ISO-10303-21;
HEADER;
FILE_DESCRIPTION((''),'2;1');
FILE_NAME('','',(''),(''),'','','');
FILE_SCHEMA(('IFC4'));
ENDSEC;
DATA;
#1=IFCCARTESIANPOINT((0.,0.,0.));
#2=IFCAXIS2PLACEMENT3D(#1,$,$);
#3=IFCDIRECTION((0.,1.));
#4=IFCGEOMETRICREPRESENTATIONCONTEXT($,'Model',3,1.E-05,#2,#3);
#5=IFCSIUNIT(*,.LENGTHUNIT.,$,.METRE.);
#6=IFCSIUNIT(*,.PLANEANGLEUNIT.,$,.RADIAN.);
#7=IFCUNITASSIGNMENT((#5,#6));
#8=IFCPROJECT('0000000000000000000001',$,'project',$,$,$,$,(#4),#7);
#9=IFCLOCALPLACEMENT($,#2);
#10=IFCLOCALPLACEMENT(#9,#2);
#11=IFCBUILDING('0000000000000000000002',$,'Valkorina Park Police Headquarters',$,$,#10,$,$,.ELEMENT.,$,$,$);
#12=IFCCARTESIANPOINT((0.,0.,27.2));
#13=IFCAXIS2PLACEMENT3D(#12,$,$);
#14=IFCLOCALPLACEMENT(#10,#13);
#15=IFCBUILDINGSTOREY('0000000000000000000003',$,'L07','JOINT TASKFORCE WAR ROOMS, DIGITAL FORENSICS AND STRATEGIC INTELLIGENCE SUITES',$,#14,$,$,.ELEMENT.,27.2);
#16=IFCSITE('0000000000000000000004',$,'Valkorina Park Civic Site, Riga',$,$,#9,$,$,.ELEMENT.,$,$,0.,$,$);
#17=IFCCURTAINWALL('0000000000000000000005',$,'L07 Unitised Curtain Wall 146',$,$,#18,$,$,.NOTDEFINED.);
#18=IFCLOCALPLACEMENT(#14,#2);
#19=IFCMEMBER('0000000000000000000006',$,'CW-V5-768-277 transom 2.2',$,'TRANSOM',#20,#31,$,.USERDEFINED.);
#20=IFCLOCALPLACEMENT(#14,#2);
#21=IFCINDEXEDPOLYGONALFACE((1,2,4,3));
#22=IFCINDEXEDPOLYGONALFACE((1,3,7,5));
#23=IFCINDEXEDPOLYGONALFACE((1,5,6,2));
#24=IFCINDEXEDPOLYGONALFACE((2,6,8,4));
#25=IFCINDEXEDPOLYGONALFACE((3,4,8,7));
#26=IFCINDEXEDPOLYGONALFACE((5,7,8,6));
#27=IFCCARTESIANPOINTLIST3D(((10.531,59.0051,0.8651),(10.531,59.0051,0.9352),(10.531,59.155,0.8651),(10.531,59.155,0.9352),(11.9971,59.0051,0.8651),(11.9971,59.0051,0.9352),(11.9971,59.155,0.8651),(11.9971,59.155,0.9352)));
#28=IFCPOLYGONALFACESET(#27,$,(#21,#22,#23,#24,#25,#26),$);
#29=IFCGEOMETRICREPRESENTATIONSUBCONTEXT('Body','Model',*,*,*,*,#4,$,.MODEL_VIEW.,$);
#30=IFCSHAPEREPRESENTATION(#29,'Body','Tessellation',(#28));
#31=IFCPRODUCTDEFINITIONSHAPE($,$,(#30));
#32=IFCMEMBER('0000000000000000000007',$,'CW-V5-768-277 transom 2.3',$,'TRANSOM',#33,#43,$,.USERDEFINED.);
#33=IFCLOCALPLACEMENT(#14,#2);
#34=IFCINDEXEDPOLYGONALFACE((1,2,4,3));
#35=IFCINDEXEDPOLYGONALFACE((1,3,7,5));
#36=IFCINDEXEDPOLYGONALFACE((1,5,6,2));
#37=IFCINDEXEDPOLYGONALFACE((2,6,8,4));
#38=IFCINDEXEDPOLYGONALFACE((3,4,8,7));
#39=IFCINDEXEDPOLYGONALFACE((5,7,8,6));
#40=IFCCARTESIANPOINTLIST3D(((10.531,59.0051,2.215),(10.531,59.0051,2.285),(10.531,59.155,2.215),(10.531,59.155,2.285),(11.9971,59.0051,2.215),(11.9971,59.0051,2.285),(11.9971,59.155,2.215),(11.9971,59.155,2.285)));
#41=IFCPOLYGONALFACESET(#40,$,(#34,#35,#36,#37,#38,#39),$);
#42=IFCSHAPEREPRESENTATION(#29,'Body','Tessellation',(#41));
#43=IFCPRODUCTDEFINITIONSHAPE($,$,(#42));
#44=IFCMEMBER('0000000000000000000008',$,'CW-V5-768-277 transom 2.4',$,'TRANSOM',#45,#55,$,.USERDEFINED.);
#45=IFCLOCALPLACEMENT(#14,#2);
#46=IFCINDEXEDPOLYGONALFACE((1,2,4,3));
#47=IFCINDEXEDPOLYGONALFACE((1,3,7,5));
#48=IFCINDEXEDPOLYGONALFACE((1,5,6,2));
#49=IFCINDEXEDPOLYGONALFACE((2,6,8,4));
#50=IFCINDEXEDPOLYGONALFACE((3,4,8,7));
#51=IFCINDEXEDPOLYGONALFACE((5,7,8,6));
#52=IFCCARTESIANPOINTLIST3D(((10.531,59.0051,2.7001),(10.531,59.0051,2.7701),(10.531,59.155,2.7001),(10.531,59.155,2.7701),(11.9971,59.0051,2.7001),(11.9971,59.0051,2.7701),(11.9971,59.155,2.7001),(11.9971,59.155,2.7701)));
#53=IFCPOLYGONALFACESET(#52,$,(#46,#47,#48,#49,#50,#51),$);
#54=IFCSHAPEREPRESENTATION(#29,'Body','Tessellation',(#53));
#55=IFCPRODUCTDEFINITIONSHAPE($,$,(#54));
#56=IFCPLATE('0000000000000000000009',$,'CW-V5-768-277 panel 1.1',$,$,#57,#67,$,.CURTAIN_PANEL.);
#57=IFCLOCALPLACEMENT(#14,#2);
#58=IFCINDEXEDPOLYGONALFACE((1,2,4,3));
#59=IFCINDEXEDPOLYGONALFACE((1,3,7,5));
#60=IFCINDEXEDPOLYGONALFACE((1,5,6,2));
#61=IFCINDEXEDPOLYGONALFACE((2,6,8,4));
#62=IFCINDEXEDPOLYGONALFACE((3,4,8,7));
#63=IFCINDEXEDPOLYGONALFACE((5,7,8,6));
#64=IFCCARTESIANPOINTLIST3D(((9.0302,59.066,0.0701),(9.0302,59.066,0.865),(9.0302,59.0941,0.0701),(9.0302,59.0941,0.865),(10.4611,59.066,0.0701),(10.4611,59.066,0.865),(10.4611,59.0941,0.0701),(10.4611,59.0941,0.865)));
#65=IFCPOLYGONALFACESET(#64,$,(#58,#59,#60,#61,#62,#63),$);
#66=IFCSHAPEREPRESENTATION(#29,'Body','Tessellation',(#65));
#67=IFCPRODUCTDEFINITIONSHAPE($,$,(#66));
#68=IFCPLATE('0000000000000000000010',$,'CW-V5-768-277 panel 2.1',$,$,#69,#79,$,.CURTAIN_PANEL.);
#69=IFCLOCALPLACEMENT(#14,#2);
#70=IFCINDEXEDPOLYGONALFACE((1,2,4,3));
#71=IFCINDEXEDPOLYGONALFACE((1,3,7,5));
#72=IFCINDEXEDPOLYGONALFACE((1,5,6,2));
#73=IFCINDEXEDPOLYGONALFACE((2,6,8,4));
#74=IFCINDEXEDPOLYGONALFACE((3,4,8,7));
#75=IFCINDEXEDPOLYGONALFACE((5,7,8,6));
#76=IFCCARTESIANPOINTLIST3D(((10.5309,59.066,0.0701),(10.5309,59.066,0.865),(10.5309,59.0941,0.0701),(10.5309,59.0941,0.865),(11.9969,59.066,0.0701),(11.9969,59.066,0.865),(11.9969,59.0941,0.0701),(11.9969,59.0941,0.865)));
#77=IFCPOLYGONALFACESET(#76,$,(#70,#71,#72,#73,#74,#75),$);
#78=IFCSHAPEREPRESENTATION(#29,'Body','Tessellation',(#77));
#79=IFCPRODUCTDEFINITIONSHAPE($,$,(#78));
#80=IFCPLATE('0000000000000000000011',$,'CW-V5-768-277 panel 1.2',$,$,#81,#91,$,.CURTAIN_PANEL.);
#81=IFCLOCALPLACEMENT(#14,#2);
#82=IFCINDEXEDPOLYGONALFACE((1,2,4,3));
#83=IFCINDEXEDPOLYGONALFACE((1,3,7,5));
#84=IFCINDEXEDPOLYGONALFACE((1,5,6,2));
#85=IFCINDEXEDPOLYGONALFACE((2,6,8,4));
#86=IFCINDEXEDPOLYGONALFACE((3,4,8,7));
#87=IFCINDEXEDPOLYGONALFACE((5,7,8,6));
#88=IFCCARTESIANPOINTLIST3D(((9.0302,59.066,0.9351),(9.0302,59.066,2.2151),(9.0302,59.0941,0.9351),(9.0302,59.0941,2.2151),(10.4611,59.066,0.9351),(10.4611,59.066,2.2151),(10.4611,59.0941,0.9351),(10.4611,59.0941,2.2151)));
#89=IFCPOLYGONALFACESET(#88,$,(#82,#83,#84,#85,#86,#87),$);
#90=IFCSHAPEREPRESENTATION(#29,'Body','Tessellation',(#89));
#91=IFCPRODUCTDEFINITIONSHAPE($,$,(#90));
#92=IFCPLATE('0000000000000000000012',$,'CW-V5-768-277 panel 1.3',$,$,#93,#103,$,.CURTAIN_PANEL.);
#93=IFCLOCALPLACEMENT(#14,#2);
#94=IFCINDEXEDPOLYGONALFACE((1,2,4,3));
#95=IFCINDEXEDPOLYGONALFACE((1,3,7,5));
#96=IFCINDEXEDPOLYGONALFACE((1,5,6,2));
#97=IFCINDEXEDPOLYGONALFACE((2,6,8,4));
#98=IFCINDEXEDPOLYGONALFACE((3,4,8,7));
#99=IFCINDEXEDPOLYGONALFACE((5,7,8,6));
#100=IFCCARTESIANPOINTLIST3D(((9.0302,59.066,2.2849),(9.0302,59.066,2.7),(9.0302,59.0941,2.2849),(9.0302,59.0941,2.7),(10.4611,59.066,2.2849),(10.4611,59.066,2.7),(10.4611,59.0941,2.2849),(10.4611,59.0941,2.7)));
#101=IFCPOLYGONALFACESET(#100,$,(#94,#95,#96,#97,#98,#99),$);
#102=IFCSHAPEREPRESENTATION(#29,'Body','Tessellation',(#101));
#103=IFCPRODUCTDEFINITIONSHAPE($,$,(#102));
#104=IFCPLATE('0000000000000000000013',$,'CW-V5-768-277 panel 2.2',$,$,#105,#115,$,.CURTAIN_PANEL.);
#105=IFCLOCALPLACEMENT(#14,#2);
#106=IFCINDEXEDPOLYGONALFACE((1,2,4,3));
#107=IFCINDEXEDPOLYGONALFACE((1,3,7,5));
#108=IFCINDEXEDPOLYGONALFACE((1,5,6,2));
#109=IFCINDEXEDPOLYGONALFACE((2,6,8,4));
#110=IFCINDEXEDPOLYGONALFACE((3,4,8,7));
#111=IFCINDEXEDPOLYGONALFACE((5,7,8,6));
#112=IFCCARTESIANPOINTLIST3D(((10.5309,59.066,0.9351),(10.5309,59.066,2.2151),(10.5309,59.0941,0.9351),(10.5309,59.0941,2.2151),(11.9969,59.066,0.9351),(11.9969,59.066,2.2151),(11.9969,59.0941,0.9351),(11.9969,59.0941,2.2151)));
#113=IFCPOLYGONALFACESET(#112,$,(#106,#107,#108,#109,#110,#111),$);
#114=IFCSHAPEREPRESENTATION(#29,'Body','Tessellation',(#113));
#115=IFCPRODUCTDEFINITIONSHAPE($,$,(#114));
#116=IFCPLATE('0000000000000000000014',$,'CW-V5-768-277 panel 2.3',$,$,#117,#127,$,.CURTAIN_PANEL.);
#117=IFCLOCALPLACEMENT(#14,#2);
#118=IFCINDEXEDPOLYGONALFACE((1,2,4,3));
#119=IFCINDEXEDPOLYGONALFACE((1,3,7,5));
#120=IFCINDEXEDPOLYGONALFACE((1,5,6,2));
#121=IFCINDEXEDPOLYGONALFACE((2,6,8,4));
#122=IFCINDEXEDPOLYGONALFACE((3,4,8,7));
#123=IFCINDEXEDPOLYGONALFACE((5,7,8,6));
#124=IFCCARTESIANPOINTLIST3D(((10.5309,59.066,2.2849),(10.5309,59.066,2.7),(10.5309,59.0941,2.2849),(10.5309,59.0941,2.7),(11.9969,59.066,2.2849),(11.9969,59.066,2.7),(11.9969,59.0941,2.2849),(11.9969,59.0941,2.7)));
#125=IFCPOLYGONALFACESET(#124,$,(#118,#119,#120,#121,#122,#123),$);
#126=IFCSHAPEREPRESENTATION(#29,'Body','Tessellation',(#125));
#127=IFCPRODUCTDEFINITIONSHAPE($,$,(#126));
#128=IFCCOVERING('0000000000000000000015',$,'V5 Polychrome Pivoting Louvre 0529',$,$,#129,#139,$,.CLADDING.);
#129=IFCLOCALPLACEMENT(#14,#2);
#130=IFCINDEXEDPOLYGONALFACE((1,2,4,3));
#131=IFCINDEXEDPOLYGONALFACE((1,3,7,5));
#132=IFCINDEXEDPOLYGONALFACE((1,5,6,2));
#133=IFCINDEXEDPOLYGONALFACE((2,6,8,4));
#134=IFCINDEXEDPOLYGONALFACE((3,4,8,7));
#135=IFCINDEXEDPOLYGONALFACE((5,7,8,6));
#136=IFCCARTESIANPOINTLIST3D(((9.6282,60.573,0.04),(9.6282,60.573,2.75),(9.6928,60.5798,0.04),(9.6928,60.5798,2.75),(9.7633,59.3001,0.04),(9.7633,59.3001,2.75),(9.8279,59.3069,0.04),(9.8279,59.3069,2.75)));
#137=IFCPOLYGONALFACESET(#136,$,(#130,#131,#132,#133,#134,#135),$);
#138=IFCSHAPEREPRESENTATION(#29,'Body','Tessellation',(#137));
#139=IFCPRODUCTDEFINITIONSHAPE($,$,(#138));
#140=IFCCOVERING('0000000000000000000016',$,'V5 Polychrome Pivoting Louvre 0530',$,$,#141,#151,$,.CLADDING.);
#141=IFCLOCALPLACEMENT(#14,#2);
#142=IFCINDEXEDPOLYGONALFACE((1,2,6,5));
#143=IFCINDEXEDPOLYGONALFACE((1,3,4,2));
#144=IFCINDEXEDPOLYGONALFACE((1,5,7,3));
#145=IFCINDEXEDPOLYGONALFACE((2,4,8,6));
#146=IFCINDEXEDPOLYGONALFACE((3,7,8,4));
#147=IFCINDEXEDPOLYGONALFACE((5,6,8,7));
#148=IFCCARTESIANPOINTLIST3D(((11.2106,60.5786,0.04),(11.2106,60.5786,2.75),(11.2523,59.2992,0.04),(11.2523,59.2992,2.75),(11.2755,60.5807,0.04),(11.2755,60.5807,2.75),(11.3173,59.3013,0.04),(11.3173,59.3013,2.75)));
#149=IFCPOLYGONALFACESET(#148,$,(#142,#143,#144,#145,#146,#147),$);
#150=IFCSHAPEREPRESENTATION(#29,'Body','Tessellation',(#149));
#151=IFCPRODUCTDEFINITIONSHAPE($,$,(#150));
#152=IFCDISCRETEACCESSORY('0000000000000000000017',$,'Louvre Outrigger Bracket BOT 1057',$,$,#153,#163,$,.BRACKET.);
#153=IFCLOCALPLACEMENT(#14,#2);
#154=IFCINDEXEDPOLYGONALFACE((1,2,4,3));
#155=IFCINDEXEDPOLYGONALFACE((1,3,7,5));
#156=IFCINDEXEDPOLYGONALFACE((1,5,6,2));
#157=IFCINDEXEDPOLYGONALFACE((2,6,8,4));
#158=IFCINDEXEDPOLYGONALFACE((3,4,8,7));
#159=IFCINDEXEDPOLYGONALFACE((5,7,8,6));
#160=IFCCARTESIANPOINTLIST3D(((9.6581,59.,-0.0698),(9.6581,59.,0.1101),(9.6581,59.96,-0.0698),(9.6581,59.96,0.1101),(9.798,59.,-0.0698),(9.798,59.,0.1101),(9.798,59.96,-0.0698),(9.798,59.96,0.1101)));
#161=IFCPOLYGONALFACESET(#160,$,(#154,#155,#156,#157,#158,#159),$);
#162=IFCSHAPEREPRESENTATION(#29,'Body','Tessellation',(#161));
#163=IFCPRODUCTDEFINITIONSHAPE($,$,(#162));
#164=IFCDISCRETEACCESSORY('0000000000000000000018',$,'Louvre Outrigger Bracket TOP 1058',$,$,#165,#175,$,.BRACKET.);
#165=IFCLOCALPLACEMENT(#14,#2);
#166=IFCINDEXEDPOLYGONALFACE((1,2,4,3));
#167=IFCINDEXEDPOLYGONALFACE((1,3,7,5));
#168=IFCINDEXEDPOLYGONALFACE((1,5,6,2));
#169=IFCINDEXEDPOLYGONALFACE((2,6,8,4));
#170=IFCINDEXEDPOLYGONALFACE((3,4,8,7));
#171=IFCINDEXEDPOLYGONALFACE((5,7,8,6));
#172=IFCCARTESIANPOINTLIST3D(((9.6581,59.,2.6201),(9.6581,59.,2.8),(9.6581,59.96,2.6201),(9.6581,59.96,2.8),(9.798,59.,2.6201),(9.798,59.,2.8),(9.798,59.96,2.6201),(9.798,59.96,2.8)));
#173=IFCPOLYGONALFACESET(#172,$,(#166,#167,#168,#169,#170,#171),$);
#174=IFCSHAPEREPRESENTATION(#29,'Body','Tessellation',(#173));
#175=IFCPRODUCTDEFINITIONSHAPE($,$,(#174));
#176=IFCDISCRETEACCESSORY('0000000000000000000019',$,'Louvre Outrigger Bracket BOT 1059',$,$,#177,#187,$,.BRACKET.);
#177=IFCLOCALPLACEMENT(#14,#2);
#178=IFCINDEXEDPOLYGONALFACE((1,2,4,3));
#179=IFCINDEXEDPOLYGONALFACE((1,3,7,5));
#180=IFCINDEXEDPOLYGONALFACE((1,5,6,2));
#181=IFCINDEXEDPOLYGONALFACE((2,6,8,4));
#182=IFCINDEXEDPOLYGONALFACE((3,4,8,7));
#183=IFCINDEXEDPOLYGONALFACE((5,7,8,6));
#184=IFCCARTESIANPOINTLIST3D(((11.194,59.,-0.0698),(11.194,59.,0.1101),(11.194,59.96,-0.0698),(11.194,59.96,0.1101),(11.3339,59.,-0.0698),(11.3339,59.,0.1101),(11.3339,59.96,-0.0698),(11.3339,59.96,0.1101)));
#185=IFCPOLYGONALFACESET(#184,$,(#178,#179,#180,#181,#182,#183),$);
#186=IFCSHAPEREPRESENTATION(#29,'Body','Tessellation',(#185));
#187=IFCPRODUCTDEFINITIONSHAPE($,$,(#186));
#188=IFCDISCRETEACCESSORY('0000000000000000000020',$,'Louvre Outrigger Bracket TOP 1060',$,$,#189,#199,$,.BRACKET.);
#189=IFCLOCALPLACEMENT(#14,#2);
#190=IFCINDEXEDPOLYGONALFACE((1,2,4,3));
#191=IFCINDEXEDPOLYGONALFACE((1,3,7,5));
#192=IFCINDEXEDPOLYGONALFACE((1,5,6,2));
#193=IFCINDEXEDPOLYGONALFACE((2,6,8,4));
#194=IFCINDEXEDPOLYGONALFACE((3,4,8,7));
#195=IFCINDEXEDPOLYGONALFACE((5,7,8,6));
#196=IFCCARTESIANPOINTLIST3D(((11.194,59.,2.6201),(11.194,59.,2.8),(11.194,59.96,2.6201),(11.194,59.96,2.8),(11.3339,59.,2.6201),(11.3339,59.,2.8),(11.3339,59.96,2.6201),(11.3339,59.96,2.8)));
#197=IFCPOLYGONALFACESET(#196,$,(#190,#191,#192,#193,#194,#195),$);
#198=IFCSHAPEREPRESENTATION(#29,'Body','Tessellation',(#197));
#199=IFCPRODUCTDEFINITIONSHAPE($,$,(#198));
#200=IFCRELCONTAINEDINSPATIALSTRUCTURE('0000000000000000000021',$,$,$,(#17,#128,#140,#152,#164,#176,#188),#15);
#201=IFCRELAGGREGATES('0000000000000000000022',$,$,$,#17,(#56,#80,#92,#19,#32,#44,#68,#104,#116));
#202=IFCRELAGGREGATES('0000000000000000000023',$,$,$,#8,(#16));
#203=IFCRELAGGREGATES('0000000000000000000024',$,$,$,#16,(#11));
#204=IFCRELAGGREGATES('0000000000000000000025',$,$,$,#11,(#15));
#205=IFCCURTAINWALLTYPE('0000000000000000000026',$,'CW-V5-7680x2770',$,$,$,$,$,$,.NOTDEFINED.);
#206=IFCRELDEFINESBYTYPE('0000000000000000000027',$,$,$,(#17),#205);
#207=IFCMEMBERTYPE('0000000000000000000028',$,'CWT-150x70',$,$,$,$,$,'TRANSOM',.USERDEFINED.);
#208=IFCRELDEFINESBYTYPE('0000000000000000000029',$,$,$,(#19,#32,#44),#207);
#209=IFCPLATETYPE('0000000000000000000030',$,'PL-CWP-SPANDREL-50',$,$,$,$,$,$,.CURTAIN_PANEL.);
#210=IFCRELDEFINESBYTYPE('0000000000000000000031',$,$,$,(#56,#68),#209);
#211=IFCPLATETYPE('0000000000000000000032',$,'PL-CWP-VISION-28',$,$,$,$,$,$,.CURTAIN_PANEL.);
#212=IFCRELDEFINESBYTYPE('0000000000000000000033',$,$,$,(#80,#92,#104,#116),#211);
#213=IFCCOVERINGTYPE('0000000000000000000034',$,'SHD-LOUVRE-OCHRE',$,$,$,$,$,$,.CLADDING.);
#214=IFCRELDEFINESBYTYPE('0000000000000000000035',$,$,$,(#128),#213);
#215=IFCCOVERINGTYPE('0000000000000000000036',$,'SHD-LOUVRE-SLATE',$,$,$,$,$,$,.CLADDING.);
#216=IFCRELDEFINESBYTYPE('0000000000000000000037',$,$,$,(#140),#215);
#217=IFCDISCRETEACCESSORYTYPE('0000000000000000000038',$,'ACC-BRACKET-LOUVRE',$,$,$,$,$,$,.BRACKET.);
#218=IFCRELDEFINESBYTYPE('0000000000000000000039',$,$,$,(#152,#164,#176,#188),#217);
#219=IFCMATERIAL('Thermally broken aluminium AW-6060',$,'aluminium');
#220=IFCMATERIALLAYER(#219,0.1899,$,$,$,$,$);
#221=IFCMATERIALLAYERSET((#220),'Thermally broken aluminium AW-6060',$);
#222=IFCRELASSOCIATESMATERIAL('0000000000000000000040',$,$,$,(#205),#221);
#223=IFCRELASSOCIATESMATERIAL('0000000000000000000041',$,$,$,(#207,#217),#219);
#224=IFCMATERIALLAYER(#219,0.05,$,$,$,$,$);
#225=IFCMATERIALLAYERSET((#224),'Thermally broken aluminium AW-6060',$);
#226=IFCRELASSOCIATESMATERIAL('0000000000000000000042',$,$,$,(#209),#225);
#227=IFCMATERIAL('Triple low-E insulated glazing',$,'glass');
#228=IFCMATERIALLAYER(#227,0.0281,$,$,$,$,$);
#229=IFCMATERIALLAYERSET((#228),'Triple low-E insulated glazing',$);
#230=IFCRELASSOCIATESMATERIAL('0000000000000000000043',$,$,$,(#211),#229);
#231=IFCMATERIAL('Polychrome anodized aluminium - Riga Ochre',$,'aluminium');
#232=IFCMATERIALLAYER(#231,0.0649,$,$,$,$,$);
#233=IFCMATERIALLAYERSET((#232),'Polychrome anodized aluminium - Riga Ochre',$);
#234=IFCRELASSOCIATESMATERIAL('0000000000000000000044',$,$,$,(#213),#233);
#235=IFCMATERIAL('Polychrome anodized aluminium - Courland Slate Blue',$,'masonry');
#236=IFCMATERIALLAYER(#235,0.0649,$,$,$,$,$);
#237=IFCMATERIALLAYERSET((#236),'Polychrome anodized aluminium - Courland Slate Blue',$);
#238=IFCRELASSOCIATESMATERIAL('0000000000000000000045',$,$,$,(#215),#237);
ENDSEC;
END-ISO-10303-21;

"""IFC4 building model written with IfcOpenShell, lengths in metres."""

from ifc_helpers import new_model, si_unit, direction, frame, origin, origin_2d, place, context, subcontext, project, spatial, rectangle, extrude, material, layer, layer_set, material_profile, profile_set, type_object, element, aggregate, save


model = new_model("IFC4")

# Units and contexts
model_context = context("Model", 3, precision=1e-05, world=origin(), true_north=direction((0.0, 1.0)))
body_context = subcontext(model_context, "Body", "Model", "MODEL_VIEW")
ifc_project = project(units=[si_unit("LENGTHUNIT", "METRE"), si_unit("PLANEANGLEUNIT", "RADIAN")], contexts=[model_context])

# Site, building, storey
site_placement = place(None, origin())
site = spatial("IfcSite", under=ifc_project, at=site_placement, Name="Valkorina Park Civic Site, Riga", CompositionType="ELEMENT", RefElevation=0.0)
building_placement = place(site_placement, origin())
building = spatial("IfcBuilding", under=site, at=building_placement, Name="Valkorina Park Police Headquarters", CompositionType="ELEMENT")
storey_placement = place(building_placement, frame((0.0, 0.0, 27.2)))
storey = spatial("IfcBuildingStorey", under=building, at=storey_placement, Name="L07", Description="JOINT TASKFORCE WAR ROOMS, DIGITAL FORENSICS AND STRATEGIC INTELLIGENCE SUITES", CompositionType="ELEMENT", Elevation=27.2)

# Curtain wall, members, plates
ifc_material_1 = material(Name="Thermally broken aluminium AW-6060", Category="aluminium")
ifc_layer_1 = layer(ifc_material_1, 0.1899)
ifc_layer_set_1 = layer_set([ifc_layer_1], Name="Thermally broken aluminium AW-6060")
curtain_wall_type = type_object("IfcCurtainWallType", Name="CW-V5-7680x2770", PredefinedType="NOTDEFINED", material=ifc_layer_set_1)
curtain_wall_placement = place(storey_placement, origin())
curtain_wall = element("IfcCurtainWall", 1, at=curtain_wall_placement, inside=storey, type_object=curtain_wall_type, Name="L07 Unitised Curtain Wall 146", PredefinedType="NOTDEFINED")
ifc_material_profile_1 = material_profile(ifc_material_1, rectangle(XDim=0.1499, YDim=0.0701, at=origin_2d()), Name="CWT-02 150x70")
ifc_profile_set_1 = profile_set([ifc_material_profile_1], Name="Thermally broken aluminium AW-6060")
member_type_1 = type_object("IfcMemberType", Name="CWT-150x70", ElementType="TRANSOM", PredefinedType="USERDEFINED", material=ifc_profile_set_1)
member_1_placement = place(storey_placement, frame((10.531, 59.0801, 0.9001), z_axis=(1.0, 0.0, 0.0), x_axis=(0.0, 1.0, 0.0)))
member_1 = element("IfcMember", 2, at=member_1_placement, type_object=member_type_1, Name="CW-V5-768-277 transom 2.2", ObjectType="TRANSOM", PredefinedType="USERDEFINED", context=body_context, shape_type="SweptSolid", body=[
    extrude(rectangle(XDim=0.1499, YDim=0.0701, at=origin_2d()), origin(), (0.0, 0.0, 1.0), 1.4661),
])
member_2_placement = place(storey_placement, frame((10.531, 59.0801, 2.25), z_axis=(1.0, 0.0, 0.0), x_axis=(0.0, 1.0, 0.0)))
member_2 = element("IfcMember", 3, at=member_2_placement, type_object=member_type_1, Name="CW-V5-768-277 transom 2.3", ObjectType="TRANSOM", PredefinedType="USERDEFINED", context=body_context, shape_type="SweptSolid", body=[
    extrude(rectangle(XDim=0.1499, YDim=0.0701, at=origin_2d()), origin(), (0.0, 0.0, 1.0), 1.4661),
])
member_3_placement = place(storey_placement, frame((10.531, 59.0801, 2.7351), z_axis=(1.0, 0.0, 0.0), x_axis=(0.0, 1.0, 0.0)))
member_3 = element("IfcMember", 4, at=member_3_placement, type_object=member_type_1, Name="CW-V5-768-277 transom 2.4", ObjectType="TRANSOM", PredefinedType="USERDEFINED", context=body_context, shape_type="SweptSolid", body=[
    extrude(rectangle(XDim=0.1499, YDim=0.0701, at=origin_2d()), origin(), (0.0, 0.0, 1.0), 1.4661),
])
ifc_layer_2 = layer(ifc_material_1, 0.05)
ifc_layer_set_2 = layer_set([ifc_layer_2], Name="Thermally broken aluminium AW-6060")
plate_type_1 = type_object("IfcPlateType", Name="PL-CWP-SPANDREL-50", PredefinedType="CURTAIN_PANEL", material=ifc_layer_set_2)
plate_1_placement = place(storey_placement, frame((9.7456, 59.0801, 0.0701), z_axis=(0.0, 0.0, 1.0), x_axis=(1.0, 0.0, 0.0)))
plate_1 = element("IfcPlate", 5, at=plate_1_placement, type_object=plate_type_1, Name="CW-V5-768-277 panel 1.1", PredefinedType="CURTAIN_PANEL", context=body_context, shape_type="SweptSolid", body=[
    extrude(rectangle(XDim=1.4309, YDim=0.0281, at=origin_2d()), origin(), (0.0, 0.0, 1.0), 0.7949),
])
plate_2_placement = place(storey_placement, frame((11.2639, 59.0801, 0.0701), z_axis=(0.0, 0.0, 1.0), x_axis=(1.0, 0.0, 0.0)))
plate_2 = element("IfcPlate", 6, at=plate_2_placement, type_object=plate_type_1, Name="CW-V5-768-277 panel 2.1", PredefinedType="CURTAIN_PANEL", context=body_context, shape_type="SweptSolid", body=[
    extrude(rectangle(XDim=1.4661, YDim=0.0281, at=origin_2d()), origin(), (0.0, 0.0, 1.0), 0.7949),
])
ifc_material_2 = material(Name="Triple low-E insulated glazing", Category="glass")
ifc_layer_3 = layer(ifc_material_2, 0.0281)
ifc_layer_set_3 = layer_set([ifc_layer_3], Name="Triple low-E insulated glazing")
plate_type_2 = type_object("IfcPlateType", Name="PL-CWP-VISION-28", PredefinedType="CURTAIN_PANEL", material=ifc_layer_set_3)
plate_3_placement = place(storey_placement, frame((9.7456, 59.0801, 0.9351), z_axis=(0.0, 0.0, 1.0), x_axis=(1.0, 0.0, 0.0)))
plate_3 = element("IfcPlate", 7, at=plate_3_placement, type_object=plate_type_2, Name="CW-V5-768-277 panel 1.2", PredefinedType="CURTAIN_PANEL", context=body_context, shape_type="SweptSolid", body=[
    extrude(rectangle(XDim=1.4309, YDim=0.0281, at=origin_2d()), origin(), (0.0, 0.0, 1.0), 1.28),
])
plate_4_placement = place(storey_placement, frame((9.7456, 59.0801, 2.2849), z_axis=(0.0, 0.0, 1.0), x_axis=(1.0, 0.0, 0.0)))
plate_4 = element("IfcPlate", 8, at=plate_4_placement, type_object=plate_type_2, Name="CW-V5-768-277 panel 1.3", PredefinedType="CURTAIN_PANEL", context=body_context, shape_type="SweptSolid", body=[
    extrude(rectangle(XDim=1.4309, YDim=0.0281, at=origin_2d()), origin(), (0.0, 0.0, 1.0), 0.415),
])
plate_5_placement = place(storey_placement, frame((11.2639, 59.0801, 0.9351), z_axis=(0.0, 0.0, 1.0), x_axis=(1.0, 0.0, 0.0)))
plate_5 = element("IfcPlate", 9, at=plate_5_placement, type_object=plate_type_2, Name="CW-V5-768-277 panel 2.2", PredefinedType="CURTAIN_PANEL", context=body_context, shape_type="SweptSolid", body=[
    extrude(rectangle(XDim=1.4661, YDim=0.0281, at=origin_2d()), origin(), (0.0, 0.0, 1.0), 1.28),
])
plate_6_placement = place(storey_placement, frame((11.2639, 59.0801, 2.2849), z_axis=(0.0, 0.0, 1.0), x_axis=(1.0, 0.0, 0.0)))
plate_6 = element("IfcPlate", 10, at=plate_6_placement, type_object=plate_type_2, Name="CW-V5-768-277 panel 2.3", PredefinedType="CURTAIN_PANEL", context=body_context, shape_type="SweptSolid", body=[
    extrude(rectangle(XDim=1.4661, YDim=0.0281, at=origin_2d()), origin(), (0.0, 0.0, 1.0), 0.415),
])
aggregate(curtain_wall, [plate_1, plate_3, plate_4, member_1, member_2, member_3, plate_2, plate_5, plate_6])

# Coverings
ifc_material_3 = material(Name="Polychrome anodized aluminium - Riga Ochre", Category="aluminium")
ifc_layer_4 = layer(ifc_material_3, 0.0649)
ifc_layer_set_4 = layer_set([ifc_layer_4], Name="Polychrome anodized aluminium - Riga Ochre")
covering_type_1 = type_object("IfcCoveringType", Name="SHD-LOUVRE-OCHRE", PredefinedType="CLADDING", material=ifc_layer_set_4)
covering_1_placement = place(storey_placement, frame((9.728, 59.9399, 0.04), z_axis=(0.0, 0.0, 1.0), x_axis=(-0.10557, 0.994412, 0.0)))
element("IfcCovering", 11, at=covering_1_placement, inside=storey, type_object=covering_type_1, Name="V5 Polychrome Pivoting Louvre 0529", PredefinedType="CLADDING", context=body_context, shape_type="SweptSolid", body=[
    extrude(rectangle(XDim=1.28, YDim=0.0649, at=origin_2d()), origin(), (0.0, 0.0, 1.0), 2.71),
])
ifc_material_4 = material(Name="Polychrome anodized aluminium - Courland Slate Blue", Category="masonry")
ifc_layer_5 = layer(ifc_material_4, 0.0649)
ifc_layer_set_5 = layer_set([ifc_layer_5], Name="Polychrome anodized aluminium - Courland Slate Blue")
covering_type_2 = type_object("IfcCoveringType", Name="SHD-LOUVRE-SLATE", PredefinedType="CLADDING", material=ifc_layer_set_5)
covering_2_placement = place(storey_placement, frame((11.2639, 59.9399, 0.04), z_axis=(0.0, 0.0, 1.0), x_axis=(-0.032632, 0.999467, 0.0)))
element("IfcCovering", 12, at=covering_2_placement, inside=storey, type_object=covering_type_2, Name="V5 Polychrome Pivoting Louvre 0530", PredefinedType="CLADDING", context=body_context, shape_type="SweptSolid", body=[
    extrude(rectangle(XDim=1.28, YDim=0.0649, at=origin_2d()), origin(), (0.0, 0.0, 1.0), 2.71),
])

# Discrete accessories
discrete_accessory_type = type_object("IfcDiscreteAccessoryType", Name="ACC-BRACKET-LOUVRE", PredefinedType="BRACKET", material=ifc_material_1)
for number, where, z_axis, x_axis, name in (
    (13, (9.728, 59.48, -0.0698), (0.0, 0.0, 1.0), (0.0, 1.0, 0.0), "Louvre Outrigger Bracket BOT 1057"),
    (14, (9.728, 59.48, 2.6201), (0.0, 0.0, 1.0), (0.0, 1.0, 0.0), "Louvre Outrigger Bracket TOP 1058"),
    (15, (11.2639, 59.48, -0.0698), (0.0, 0.0, 1.0), (0.0, 1.0, 0.0), "Louvre Outrigger Bracket BOT 1059"),
    (16, (11.2639, 59.48, 2.6201), (0.0, 0.0, 1.0), (0.0, 1.0, 0.0), "Louvre Outrigger Bracket TOP 1060"),
):
    element("IfcDiscreteAccessory", number, at=place(storey_placement, frame(where, z_axis=z_axis, x_axis=x_axis)), inside=storey, type_object=discrete_accessory_type, Name=name, PredefinedType="BRACKET", context=body_context, shape_type="SweptSolid", body=[
        extrude(rectangle(XDim=0.96, YDim=0.1399, at=origin_2d()), origin(), (0.0, 0.0, 1.0), 0.1799),
    ])

save(model, "model.ifc")
